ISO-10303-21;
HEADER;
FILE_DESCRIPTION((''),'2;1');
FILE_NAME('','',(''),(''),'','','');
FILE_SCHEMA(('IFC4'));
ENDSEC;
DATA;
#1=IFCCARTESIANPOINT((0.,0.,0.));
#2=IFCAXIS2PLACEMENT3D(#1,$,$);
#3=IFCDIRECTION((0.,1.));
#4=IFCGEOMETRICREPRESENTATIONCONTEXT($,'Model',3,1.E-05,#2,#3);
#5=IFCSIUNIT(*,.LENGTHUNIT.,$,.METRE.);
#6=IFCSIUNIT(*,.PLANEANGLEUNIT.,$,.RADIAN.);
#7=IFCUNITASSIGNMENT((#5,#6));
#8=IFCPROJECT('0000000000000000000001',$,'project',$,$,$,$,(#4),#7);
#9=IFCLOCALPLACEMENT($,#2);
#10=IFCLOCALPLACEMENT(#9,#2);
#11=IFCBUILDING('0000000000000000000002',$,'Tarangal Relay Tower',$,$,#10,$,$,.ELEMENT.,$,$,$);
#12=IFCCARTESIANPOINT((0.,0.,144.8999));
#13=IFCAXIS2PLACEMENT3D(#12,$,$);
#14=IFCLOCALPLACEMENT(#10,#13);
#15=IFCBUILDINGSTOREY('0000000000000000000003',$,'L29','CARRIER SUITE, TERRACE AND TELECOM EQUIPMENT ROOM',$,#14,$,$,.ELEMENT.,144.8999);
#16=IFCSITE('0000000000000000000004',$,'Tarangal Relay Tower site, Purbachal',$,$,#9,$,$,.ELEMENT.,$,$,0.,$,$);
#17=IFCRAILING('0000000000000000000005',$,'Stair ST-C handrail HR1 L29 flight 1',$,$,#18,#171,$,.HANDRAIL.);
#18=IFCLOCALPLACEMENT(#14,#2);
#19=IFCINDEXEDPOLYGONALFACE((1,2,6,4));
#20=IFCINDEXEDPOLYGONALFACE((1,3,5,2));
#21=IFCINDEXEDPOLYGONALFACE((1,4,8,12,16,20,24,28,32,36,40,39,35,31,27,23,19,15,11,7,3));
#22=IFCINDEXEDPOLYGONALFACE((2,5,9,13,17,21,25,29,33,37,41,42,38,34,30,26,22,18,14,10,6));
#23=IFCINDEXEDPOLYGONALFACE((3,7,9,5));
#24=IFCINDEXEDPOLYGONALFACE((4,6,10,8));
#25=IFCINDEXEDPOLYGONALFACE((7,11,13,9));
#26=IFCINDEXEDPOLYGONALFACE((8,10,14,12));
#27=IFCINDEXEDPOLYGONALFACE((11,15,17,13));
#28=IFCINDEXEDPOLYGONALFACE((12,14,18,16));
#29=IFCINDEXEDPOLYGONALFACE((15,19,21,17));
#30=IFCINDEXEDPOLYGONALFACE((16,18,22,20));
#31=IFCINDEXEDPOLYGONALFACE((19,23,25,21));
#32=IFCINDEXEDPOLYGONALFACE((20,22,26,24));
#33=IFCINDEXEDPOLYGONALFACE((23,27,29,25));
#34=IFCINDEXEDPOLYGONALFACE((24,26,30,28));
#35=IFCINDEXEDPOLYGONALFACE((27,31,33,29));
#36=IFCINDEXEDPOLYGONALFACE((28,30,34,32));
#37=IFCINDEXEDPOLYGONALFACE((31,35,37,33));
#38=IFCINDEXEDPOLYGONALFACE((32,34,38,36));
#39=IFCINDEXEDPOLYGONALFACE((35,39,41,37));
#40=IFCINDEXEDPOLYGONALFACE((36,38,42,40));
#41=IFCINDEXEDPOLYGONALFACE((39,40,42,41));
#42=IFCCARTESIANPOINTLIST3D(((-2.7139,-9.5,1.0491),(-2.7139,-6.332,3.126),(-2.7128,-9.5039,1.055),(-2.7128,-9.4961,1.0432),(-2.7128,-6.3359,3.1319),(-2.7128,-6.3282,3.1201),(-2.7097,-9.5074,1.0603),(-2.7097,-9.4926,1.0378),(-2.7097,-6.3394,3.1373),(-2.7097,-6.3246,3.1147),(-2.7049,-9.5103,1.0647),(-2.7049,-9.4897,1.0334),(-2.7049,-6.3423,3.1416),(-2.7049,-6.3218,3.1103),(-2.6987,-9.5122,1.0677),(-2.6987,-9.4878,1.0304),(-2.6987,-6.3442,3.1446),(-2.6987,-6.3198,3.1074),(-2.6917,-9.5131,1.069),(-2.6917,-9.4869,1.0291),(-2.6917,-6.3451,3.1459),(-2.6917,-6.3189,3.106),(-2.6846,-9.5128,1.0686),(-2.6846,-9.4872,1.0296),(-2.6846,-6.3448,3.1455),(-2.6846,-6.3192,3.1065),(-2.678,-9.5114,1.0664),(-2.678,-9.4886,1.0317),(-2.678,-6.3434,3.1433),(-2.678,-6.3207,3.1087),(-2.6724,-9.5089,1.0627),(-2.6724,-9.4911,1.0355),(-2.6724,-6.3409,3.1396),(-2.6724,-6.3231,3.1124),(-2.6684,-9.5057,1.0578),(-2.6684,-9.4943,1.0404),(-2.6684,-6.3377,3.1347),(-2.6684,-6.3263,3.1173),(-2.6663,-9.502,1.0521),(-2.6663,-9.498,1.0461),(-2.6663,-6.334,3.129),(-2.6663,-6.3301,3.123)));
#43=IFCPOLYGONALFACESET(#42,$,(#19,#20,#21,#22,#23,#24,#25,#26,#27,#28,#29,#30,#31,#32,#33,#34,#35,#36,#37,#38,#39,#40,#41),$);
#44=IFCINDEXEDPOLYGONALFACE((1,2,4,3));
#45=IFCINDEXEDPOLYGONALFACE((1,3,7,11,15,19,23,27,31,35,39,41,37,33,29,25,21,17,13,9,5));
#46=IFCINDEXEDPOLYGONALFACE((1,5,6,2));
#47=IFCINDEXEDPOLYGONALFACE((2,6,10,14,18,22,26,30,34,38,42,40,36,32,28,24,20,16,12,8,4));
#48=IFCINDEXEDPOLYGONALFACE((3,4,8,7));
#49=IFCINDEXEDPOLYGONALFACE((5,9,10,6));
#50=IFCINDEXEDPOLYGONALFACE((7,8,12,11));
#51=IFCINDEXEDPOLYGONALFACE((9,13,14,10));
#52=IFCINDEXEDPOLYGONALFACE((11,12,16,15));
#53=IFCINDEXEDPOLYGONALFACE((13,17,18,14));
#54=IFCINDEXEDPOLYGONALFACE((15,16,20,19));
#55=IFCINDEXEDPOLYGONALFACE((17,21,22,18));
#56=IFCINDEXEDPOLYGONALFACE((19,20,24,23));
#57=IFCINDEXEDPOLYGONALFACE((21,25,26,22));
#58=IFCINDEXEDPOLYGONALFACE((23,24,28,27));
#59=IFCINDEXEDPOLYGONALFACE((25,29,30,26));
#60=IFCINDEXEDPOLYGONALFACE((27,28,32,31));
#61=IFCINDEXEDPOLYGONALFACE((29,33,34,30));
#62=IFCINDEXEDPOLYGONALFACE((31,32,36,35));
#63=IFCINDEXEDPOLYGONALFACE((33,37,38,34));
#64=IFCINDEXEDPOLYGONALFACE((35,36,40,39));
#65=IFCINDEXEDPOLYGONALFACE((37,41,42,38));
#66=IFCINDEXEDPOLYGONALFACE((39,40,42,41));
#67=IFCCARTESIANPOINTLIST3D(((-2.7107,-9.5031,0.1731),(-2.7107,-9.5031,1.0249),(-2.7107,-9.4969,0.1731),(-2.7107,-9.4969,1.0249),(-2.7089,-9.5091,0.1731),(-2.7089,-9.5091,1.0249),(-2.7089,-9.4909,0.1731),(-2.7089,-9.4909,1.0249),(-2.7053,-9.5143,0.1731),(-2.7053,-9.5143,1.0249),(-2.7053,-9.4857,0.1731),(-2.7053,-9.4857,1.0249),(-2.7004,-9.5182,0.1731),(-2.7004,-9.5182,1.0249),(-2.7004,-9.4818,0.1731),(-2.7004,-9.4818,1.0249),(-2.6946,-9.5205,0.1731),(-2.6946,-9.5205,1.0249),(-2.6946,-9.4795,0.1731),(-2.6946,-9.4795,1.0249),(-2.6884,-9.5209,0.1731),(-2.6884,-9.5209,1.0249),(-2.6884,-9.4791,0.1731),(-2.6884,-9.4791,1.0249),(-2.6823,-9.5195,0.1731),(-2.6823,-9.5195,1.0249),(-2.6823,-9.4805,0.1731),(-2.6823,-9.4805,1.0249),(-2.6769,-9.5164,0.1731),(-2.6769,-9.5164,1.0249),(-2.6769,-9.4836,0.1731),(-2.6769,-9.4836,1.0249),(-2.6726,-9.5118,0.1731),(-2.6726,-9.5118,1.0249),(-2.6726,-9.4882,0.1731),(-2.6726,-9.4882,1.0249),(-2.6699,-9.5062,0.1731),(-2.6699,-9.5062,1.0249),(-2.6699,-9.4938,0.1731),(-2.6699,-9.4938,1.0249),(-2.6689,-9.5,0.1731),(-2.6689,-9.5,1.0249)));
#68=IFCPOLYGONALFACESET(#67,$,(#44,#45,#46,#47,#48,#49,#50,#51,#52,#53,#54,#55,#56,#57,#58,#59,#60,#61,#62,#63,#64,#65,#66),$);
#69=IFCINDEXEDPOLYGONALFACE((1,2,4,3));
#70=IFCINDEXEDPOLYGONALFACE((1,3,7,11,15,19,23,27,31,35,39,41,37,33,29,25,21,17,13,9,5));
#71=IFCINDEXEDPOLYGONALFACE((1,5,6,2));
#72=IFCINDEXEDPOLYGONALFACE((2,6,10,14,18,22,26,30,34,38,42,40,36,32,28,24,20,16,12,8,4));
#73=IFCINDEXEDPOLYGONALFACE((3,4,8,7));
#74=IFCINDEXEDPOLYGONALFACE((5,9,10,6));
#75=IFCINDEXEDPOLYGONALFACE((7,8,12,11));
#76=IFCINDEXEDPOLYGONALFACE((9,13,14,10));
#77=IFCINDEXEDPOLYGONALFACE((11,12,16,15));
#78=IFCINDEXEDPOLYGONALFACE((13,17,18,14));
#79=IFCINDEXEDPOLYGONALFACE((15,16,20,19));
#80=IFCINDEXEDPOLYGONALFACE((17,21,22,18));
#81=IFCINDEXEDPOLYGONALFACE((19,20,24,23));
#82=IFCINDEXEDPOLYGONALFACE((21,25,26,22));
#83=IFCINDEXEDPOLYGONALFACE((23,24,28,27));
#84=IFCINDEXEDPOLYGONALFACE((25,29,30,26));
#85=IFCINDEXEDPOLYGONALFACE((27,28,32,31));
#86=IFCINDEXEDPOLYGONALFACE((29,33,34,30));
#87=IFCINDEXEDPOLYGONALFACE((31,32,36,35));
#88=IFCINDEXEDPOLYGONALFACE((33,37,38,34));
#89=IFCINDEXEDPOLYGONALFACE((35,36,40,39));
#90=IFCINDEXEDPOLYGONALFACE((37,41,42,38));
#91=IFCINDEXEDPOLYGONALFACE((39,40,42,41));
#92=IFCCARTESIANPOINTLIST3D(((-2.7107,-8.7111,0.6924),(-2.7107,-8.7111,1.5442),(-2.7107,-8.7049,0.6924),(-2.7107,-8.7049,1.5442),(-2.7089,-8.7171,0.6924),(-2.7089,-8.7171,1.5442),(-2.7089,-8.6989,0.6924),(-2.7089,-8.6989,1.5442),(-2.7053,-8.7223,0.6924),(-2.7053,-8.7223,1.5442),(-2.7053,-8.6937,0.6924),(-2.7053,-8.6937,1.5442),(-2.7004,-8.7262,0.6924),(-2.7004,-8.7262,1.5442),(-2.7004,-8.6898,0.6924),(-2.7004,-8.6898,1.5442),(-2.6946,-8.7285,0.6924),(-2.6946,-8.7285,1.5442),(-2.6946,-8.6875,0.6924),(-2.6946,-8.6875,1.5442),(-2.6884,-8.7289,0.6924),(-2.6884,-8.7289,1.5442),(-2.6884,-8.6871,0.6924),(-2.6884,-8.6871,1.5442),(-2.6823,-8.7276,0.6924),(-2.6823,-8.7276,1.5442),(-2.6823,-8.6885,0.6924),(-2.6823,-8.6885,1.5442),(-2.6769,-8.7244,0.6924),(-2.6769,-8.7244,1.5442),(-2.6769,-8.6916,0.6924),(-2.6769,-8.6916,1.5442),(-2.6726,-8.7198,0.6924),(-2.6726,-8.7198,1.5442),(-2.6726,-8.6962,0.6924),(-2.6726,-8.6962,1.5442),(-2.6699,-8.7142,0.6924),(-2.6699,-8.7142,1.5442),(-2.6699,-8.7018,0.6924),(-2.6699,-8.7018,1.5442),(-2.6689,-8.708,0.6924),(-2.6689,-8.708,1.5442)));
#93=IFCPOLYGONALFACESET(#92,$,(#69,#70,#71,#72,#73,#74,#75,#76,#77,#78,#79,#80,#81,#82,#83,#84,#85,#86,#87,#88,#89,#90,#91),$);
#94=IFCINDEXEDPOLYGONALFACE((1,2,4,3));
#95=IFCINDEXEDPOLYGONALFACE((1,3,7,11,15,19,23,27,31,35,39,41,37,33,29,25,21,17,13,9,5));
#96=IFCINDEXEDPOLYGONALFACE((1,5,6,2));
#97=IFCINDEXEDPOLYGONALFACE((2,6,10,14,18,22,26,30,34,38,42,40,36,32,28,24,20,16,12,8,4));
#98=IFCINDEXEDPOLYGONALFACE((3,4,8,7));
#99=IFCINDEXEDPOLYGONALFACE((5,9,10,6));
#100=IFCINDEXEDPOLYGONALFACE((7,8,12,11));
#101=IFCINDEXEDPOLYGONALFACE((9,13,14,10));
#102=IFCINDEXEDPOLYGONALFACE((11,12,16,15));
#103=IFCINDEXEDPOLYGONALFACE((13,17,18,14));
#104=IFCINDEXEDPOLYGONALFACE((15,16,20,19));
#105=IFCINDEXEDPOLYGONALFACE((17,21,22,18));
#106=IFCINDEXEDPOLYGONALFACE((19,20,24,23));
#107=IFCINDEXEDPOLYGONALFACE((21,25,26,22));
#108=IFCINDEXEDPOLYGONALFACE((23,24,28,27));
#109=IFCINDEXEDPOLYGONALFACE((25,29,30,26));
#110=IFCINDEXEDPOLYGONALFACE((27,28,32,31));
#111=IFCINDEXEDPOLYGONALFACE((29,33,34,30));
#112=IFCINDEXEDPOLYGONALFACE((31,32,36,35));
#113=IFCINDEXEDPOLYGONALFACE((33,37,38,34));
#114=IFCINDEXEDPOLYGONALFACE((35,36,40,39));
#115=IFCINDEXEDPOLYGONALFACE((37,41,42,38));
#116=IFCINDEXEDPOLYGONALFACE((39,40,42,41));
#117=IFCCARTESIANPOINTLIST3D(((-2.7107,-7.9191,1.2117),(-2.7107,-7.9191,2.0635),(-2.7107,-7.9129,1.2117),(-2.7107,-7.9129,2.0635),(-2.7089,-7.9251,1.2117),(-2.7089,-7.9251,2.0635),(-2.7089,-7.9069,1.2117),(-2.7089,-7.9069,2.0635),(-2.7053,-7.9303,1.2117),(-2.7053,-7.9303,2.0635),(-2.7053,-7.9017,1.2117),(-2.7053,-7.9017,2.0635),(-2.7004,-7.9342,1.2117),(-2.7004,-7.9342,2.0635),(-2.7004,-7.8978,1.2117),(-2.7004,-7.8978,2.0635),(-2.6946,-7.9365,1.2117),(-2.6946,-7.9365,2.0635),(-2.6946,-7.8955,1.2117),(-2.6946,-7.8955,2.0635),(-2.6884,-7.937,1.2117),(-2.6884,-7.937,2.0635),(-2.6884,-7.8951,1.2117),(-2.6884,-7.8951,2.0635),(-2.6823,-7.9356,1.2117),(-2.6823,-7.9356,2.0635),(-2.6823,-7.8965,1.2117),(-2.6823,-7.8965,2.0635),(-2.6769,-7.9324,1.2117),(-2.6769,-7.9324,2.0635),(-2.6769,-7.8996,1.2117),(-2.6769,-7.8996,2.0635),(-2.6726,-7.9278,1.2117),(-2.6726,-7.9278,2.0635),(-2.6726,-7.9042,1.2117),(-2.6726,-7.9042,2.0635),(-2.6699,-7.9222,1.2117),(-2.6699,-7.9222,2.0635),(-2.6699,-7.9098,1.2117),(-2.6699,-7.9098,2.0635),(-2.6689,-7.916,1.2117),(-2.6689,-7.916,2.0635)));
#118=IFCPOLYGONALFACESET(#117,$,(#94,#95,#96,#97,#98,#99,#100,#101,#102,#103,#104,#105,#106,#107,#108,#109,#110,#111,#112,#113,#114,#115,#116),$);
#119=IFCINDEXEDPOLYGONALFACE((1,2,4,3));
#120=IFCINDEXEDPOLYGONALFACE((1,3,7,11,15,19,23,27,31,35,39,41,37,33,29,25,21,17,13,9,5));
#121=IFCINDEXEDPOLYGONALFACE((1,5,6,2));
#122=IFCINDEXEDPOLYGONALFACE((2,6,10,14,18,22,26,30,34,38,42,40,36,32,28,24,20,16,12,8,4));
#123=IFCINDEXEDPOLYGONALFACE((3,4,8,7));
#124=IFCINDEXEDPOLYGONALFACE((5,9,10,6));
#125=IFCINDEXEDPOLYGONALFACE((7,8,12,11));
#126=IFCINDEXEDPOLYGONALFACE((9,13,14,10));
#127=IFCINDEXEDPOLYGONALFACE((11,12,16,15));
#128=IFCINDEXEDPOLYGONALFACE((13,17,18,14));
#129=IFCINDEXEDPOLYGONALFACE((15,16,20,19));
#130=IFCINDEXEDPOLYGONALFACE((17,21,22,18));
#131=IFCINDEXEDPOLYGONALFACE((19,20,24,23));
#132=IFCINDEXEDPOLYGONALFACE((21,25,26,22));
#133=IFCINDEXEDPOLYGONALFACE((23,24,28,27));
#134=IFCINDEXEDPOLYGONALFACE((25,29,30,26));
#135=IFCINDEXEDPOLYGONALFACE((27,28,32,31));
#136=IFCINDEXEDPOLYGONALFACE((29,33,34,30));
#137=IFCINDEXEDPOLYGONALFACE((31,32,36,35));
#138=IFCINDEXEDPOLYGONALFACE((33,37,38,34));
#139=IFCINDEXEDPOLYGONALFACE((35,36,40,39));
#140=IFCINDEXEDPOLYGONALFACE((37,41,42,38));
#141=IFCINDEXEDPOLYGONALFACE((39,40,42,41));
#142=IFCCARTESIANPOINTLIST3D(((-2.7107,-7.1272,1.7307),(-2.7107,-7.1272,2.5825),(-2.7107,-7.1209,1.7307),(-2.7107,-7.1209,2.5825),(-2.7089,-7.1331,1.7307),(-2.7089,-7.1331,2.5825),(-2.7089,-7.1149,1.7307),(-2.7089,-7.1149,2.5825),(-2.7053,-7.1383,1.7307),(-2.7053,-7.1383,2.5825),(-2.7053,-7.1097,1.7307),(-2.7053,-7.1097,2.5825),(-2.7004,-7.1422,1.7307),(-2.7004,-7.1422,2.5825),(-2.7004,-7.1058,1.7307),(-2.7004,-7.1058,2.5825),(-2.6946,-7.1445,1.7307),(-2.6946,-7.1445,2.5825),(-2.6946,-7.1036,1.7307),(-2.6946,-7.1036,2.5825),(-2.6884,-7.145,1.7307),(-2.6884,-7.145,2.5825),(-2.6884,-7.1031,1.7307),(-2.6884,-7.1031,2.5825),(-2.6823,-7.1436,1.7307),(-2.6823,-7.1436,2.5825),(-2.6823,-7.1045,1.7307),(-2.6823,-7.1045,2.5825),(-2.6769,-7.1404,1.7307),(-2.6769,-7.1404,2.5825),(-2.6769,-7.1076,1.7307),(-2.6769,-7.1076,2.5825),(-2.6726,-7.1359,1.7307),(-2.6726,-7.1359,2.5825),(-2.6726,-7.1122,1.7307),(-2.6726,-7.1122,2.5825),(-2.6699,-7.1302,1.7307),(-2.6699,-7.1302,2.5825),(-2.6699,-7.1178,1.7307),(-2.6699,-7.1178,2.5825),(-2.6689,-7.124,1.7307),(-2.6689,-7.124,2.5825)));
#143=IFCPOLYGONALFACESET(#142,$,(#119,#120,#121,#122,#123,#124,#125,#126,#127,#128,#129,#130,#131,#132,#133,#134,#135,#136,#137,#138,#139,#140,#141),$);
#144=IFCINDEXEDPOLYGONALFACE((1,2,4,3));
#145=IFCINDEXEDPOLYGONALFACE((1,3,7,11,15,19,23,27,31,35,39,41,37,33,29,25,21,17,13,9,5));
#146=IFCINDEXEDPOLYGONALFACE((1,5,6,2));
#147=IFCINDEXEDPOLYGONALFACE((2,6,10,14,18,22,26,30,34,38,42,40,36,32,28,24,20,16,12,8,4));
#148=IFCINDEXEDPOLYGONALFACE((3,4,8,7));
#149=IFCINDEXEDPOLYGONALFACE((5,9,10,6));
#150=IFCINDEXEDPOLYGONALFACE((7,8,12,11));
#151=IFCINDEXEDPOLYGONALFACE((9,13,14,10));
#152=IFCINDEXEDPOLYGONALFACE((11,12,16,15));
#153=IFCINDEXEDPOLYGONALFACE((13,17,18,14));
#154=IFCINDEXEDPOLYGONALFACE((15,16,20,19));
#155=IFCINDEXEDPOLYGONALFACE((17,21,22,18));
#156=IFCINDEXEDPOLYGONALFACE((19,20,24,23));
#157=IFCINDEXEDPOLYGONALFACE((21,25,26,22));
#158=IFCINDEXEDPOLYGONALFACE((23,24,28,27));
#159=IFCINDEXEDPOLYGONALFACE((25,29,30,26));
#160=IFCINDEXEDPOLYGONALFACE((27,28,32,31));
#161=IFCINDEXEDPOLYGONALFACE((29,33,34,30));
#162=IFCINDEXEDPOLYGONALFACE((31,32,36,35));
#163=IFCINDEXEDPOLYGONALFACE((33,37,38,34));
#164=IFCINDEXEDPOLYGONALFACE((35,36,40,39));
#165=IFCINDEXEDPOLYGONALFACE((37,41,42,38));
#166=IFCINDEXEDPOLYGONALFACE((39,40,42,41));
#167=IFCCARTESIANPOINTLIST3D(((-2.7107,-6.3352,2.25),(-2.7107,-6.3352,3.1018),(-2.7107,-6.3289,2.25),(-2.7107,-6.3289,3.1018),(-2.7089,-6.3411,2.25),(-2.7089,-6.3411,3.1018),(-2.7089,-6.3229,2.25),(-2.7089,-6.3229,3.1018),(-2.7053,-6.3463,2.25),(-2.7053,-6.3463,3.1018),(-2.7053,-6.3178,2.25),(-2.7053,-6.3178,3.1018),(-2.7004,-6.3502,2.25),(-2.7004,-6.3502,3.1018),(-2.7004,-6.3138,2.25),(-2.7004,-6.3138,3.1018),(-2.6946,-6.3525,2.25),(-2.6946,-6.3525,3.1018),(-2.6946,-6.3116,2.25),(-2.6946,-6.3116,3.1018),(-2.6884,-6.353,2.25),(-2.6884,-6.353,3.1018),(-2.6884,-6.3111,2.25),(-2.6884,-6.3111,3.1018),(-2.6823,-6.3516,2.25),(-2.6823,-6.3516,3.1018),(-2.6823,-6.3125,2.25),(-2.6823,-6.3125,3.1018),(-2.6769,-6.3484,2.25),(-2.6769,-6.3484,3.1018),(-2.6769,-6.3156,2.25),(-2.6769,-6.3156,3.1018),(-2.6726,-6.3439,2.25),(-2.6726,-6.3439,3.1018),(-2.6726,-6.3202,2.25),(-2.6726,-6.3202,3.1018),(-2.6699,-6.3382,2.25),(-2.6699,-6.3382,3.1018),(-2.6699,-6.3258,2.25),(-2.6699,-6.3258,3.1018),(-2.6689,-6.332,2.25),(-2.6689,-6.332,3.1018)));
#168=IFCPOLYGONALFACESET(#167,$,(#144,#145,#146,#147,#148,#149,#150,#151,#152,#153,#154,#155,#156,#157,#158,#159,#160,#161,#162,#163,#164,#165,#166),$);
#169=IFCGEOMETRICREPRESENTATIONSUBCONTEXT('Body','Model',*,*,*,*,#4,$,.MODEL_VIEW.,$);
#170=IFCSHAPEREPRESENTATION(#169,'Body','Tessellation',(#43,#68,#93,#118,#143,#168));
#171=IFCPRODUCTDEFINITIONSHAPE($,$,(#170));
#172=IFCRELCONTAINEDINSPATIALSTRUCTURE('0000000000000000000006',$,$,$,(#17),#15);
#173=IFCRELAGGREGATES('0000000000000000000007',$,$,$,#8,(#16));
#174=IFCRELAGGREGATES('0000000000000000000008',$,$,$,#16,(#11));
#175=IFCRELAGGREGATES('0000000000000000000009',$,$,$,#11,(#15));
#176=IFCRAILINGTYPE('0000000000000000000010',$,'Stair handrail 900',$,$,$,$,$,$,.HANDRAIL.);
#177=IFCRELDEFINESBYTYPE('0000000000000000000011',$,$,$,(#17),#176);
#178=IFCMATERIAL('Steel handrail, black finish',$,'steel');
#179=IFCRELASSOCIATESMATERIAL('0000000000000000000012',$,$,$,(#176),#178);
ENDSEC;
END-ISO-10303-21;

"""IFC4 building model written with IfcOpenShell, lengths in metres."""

from ifc_helpers import new_model, si_unit, direction, frame, origin, origin_2d, place, context, subcontext, project, spatial, circle, extrude, material, type_object, element, save


model = new_model("IFC4")

# Units and contexts
model_context = context("Model", 3, precision=1e-05, world=origin(), true_north=direction((0.0, 1.0)))
body_context = subcontext(model_context, "Body", "Model", "MODEL_VIEW")
ifc_project = project(units=[si_unit("LENGTHUNIT", "METRE"), si_unit("PLANEANGLEUNIT", "RADIAN")], contexts=[model_context])

# Site, building, storey
site_placement = place(None, origin())
site = spatial("IfcSite", under=ifc_project, at=site_placement, Name="Tarangal Relay Tower site, Purbachal", CompositionType="ELEMENT", RefElevation=0.0)
building_placement = place(site_placement, origin())
building = spatial("IfcBuilding", under=site, at=building_placement, Name="Tarangal Relay Tower", CompositionType="ELEMENT")
storey_placement = place(building_placement, frame((0.0, 0.0, 144.8999)))
storey = spatial("IfcBuildingStorey", under=building, at=storey_placement, Name="L29", Description="CARRIER SUITE, TERRACE AND TELECOM EQUIPMENT ROOM", CompositionType="ELEMENT", Elevation=144.8999)

# Railing
ifc_material_1 = material(Name="Steel handrail, black finish", Category="steel")
railing_type_1 = type_object("IfcRailingType", Name="Stair handrail 900", PredefinedType="HANDRAIL", material=ifc_material_1)
railing_1_placement = place(storey_placement, frame((-2.6899, -9.5, 0.1731)))
element("IfcRailing", 1, at=railing_1_placement, inside=storey, type_object=railing_type_1, Name="Stair ST-C handrail HR1 L29 flight 1", PredefinedType="HANDRAIL", context=body_context, shape_type="SweptSolid", body=[
    extrude(circle(Radius=0.0239, at=origin_2d()), frame((0.0, 0.0, 0.876), z_axis=(0.0, 0.836299, 0.548273), x_axis=(-1.0, 0.0, 0.0)), (0.0, 0.0, 1.0), 3.7881),
    extrude(circle(Radius=0.021, at=origin_2d()), origin(), (0.0, 0.0, 1.0), 0.8518),
    extrude(circle(Radius=0.021, at=origin_2d()), frame((0.0, 0.792, 0.5193)), (0.0, 0.0, 1.0), 0.8518),
    extrude(circle(Radius=0.021, at=origin_2d()), frame((0.0, 1.584, 1.0386)), (0.0, 0.0, 1.0), 0.8518),
    extrude(circle(Radius=0.021, at=origin_2d()), frame((0.0, 2.376, 1.5576)), (0.0, 0.0, 1.0), 0.8518),
    extrude(circle(Radius=0.021, at=origin_2d()), frame((0.0, 3.168, 2.0769)), (0.0, 0.0, 1.0), 0.8518),
])

save(model, "model.ifc")
